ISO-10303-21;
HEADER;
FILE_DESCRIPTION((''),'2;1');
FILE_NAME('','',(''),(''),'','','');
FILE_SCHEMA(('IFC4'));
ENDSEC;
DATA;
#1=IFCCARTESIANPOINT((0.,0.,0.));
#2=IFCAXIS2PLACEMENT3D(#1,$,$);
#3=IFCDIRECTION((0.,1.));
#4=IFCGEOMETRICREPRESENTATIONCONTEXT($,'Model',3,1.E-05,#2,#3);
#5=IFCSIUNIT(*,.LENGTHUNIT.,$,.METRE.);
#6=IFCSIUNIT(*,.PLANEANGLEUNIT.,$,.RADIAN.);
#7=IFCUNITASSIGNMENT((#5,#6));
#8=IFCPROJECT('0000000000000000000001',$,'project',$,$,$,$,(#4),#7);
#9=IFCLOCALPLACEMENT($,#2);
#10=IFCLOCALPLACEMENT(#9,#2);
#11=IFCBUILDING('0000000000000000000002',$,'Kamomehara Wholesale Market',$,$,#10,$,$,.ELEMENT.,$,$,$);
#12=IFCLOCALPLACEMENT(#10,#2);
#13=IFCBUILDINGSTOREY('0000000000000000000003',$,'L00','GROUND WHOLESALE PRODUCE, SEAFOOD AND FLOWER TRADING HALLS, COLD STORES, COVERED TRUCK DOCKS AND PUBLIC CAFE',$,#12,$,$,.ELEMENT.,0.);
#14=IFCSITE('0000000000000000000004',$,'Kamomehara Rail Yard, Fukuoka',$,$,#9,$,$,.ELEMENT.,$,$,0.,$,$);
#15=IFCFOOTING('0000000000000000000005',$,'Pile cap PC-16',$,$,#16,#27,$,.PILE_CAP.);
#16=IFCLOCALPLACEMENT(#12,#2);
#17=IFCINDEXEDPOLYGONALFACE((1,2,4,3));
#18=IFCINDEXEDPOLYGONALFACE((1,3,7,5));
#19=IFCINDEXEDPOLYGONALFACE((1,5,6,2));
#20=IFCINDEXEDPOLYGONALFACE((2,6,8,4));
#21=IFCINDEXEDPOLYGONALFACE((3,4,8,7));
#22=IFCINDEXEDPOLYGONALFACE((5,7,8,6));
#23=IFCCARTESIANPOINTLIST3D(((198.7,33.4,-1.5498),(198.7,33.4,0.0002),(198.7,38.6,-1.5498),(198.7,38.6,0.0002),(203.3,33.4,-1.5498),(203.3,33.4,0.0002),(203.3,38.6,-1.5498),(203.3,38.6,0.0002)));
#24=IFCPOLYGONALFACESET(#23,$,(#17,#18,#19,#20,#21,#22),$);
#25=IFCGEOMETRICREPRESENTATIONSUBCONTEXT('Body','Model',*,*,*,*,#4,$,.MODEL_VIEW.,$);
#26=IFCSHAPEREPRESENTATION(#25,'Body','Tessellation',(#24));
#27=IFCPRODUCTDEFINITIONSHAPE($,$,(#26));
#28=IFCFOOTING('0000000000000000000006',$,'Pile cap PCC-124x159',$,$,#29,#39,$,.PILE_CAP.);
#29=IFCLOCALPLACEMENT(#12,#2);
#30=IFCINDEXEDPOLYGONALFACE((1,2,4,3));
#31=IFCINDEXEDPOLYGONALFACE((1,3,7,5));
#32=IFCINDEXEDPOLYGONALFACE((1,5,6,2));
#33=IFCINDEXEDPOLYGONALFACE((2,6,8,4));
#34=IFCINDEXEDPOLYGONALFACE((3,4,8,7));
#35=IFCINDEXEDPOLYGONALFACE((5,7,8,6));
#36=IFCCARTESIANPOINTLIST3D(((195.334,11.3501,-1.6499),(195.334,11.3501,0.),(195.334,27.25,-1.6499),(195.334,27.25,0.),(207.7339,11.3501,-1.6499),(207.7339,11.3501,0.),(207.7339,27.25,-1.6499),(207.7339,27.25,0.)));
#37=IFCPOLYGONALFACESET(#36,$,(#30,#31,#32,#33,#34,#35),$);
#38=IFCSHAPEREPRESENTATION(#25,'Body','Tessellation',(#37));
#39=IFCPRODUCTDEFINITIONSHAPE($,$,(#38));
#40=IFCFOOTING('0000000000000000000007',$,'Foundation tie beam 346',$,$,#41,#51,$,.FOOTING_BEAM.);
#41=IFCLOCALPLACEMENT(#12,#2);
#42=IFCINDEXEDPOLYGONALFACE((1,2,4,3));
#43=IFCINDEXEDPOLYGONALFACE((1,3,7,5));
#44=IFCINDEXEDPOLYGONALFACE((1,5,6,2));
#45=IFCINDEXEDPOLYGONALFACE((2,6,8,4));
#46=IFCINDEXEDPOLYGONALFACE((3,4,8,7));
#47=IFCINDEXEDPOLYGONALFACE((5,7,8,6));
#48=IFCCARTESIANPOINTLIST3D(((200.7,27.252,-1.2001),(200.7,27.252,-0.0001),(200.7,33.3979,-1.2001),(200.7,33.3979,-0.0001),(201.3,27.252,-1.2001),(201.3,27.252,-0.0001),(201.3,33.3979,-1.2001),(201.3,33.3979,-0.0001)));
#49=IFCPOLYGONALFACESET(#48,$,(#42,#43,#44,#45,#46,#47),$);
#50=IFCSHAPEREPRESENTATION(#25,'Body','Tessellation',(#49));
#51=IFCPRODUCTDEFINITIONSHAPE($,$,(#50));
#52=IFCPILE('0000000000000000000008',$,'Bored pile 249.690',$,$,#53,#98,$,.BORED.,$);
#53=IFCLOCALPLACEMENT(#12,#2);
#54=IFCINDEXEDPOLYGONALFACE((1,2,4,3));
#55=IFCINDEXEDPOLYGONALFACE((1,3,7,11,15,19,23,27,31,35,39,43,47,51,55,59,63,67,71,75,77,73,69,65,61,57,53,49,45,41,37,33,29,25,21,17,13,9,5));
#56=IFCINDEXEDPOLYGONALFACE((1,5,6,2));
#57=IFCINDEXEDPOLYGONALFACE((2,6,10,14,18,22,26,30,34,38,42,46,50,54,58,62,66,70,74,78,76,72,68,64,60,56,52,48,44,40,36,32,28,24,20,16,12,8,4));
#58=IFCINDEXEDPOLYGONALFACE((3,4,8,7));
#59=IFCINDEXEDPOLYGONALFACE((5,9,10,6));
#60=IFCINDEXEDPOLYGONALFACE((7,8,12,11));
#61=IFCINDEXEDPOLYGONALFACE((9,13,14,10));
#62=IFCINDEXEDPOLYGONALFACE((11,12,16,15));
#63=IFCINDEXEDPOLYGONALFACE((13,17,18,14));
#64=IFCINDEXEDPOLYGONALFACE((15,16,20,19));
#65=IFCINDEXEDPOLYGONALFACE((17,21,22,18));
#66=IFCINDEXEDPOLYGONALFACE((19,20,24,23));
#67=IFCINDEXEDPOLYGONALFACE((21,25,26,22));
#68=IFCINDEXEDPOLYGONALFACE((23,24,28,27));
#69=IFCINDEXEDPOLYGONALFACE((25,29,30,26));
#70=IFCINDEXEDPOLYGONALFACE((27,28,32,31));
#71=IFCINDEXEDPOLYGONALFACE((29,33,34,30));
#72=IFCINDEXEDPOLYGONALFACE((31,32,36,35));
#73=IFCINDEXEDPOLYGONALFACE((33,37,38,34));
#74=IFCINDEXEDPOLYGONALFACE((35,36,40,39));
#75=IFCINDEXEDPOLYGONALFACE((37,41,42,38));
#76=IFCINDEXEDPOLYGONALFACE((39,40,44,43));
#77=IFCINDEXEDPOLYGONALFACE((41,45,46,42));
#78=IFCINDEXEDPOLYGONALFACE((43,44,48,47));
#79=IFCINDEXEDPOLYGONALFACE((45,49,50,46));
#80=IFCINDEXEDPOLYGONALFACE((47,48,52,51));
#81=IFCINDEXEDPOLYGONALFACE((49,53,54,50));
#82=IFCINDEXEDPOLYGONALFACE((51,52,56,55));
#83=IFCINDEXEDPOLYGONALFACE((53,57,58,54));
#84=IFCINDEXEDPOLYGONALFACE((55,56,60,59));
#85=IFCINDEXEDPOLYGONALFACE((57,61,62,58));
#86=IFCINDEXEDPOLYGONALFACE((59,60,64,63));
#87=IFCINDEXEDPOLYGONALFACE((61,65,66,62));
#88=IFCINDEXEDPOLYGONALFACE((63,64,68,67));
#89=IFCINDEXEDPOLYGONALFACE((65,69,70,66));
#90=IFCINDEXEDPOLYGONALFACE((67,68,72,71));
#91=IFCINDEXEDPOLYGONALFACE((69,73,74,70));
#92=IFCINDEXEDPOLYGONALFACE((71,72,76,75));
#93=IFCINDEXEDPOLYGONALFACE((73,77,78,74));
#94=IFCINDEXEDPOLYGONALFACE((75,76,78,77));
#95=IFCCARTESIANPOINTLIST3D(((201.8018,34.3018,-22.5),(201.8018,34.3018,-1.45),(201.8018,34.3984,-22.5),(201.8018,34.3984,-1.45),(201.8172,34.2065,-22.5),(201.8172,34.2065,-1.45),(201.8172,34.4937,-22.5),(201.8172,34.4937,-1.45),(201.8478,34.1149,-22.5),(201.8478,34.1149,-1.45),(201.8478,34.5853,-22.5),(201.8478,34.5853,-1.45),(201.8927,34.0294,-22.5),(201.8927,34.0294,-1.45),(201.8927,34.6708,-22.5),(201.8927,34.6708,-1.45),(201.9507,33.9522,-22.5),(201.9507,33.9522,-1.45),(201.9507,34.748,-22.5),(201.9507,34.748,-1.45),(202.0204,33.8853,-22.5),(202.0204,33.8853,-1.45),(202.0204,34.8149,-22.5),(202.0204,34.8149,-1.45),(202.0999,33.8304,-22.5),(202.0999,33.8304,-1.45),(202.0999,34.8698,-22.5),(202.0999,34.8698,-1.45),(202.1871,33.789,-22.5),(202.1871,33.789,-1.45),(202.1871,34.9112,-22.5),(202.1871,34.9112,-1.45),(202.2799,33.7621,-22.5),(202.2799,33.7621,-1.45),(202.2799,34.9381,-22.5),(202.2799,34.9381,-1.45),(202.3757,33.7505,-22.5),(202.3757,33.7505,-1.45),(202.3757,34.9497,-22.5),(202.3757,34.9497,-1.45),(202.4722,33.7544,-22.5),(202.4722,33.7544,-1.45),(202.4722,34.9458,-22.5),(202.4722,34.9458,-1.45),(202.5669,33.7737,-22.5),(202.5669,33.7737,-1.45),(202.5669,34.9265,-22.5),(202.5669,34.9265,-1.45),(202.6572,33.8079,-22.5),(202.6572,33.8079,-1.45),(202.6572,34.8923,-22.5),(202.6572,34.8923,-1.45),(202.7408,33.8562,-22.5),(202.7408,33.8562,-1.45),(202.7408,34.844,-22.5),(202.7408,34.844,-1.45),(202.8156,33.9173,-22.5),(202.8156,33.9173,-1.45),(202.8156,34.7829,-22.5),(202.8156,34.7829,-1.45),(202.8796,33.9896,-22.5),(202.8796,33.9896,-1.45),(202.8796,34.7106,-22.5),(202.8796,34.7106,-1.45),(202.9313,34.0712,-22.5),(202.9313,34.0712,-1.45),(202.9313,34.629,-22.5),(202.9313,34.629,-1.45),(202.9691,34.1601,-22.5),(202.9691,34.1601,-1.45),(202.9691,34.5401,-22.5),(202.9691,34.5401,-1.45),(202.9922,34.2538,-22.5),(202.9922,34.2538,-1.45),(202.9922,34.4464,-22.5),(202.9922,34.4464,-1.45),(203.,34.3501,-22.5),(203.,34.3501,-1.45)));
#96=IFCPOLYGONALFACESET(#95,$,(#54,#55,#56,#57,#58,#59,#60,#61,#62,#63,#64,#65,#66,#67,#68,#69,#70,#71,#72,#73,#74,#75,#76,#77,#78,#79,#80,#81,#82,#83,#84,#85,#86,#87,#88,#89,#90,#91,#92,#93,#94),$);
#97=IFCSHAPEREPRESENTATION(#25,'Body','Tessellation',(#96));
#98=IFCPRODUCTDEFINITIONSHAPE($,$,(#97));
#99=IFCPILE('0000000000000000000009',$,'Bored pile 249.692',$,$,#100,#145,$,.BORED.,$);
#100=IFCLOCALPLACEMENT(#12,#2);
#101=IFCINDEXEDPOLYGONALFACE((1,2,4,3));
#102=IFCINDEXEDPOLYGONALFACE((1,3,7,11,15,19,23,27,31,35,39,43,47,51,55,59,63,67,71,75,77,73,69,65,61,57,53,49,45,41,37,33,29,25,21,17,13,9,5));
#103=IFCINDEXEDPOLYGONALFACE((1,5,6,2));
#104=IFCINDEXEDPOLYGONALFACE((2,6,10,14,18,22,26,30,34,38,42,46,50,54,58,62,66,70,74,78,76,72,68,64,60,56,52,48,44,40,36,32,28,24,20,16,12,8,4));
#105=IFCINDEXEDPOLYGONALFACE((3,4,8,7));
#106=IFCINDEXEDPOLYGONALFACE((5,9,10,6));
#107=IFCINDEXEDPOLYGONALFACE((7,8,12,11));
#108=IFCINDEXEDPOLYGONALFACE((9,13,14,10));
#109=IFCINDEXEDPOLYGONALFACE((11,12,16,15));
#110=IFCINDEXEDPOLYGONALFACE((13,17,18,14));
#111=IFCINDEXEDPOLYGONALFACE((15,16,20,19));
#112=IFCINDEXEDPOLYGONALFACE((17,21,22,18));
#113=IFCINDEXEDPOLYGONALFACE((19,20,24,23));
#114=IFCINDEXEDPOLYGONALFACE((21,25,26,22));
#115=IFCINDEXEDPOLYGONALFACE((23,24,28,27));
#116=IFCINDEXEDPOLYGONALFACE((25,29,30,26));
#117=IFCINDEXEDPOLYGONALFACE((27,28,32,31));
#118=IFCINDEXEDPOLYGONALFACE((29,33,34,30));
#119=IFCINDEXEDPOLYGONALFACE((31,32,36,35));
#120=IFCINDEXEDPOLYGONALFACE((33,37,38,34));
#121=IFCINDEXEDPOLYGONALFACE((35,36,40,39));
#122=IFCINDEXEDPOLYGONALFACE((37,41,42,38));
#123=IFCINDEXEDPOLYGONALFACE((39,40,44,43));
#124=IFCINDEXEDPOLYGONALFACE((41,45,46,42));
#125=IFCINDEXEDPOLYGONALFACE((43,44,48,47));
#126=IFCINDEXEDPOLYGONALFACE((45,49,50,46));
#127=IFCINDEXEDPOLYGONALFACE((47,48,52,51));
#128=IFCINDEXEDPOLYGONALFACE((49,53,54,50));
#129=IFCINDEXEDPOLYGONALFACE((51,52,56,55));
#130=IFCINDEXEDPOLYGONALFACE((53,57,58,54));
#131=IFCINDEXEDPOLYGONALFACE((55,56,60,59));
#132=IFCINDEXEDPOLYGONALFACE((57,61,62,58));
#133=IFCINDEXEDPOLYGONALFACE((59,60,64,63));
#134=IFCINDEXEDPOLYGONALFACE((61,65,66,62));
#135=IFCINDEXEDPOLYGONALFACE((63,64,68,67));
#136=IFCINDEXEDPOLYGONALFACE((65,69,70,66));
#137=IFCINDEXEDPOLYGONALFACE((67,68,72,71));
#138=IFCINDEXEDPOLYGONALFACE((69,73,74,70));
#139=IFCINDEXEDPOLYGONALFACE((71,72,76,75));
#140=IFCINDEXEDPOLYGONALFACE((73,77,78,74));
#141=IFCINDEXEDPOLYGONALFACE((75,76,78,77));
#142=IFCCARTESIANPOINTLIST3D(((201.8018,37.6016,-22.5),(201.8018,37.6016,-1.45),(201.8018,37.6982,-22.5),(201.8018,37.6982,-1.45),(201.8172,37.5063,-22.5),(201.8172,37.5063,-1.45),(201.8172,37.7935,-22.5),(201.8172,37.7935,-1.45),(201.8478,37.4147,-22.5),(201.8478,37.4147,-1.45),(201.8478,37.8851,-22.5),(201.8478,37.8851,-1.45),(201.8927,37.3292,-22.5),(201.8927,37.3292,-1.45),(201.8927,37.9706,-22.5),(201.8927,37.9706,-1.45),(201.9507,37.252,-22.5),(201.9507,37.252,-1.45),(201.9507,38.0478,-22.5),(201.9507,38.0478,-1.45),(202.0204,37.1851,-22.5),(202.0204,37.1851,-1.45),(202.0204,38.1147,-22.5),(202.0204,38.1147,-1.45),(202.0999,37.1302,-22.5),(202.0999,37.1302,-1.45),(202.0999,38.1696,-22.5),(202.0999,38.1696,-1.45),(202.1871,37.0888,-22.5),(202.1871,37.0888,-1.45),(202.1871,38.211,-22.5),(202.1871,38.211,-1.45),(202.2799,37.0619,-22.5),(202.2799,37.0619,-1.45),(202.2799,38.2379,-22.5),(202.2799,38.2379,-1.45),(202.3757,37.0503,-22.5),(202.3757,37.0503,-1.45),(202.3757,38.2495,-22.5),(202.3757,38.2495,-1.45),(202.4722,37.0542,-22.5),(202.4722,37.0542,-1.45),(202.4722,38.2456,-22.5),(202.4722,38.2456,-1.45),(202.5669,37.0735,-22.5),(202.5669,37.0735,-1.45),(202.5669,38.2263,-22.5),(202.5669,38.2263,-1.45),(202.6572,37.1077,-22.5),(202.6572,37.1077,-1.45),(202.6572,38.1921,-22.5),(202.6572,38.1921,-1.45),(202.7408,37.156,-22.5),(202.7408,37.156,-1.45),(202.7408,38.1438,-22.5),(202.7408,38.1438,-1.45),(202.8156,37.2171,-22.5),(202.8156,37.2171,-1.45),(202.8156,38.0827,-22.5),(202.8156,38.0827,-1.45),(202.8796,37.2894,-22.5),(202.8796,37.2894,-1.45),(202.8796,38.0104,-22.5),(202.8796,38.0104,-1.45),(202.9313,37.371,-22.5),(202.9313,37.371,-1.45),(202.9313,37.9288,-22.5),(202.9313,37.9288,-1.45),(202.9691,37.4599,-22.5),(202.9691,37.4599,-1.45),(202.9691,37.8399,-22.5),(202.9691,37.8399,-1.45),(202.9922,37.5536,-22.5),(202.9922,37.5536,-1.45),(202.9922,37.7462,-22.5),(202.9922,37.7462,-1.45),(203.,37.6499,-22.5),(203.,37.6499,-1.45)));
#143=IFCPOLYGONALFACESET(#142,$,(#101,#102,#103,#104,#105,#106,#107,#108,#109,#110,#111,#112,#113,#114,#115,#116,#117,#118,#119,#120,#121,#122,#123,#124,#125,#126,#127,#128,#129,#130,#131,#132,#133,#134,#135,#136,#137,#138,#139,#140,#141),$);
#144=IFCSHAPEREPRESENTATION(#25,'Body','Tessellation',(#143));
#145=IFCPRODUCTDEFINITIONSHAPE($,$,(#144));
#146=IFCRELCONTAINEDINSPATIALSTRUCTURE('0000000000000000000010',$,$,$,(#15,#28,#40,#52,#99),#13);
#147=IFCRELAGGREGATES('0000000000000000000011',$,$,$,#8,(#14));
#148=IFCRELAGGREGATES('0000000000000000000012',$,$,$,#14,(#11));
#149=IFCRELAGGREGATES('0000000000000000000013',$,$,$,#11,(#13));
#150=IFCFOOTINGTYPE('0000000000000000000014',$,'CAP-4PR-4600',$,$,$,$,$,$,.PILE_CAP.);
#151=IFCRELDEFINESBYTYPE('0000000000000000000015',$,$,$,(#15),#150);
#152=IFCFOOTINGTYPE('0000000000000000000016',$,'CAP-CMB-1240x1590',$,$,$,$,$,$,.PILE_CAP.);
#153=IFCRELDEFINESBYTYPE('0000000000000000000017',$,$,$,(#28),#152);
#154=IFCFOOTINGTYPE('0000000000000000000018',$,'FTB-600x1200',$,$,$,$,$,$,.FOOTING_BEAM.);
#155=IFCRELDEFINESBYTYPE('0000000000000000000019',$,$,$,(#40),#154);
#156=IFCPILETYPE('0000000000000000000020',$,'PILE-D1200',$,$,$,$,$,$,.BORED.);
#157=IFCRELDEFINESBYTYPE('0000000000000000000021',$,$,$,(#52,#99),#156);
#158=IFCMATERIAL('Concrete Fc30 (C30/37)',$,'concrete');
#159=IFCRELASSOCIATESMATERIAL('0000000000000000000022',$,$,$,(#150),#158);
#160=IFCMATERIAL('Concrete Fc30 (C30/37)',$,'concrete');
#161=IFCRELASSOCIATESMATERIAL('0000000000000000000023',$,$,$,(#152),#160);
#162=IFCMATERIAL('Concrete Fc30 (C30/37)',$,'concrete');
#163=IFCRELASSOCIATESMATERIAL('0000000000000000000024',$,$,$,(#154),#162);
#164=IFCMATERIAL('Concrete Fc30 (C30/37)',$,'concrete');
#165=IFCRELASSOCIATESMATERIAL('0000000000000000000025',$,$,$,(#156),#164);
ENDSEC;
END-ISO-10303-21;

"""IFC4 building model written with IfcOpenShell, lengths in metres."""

from ifc_helpers import new_model, si_unit, direction, frame, origin, origin_2d, place, context, subcontext, project, spatial, rectangle, circle, extrude, material, material_profile, profile_set, type_object, element, save


model = new_model("IFC4")

# Units and contexts
model_context = context("Model", 3, precision=1e-05, world=origin(), true_north=direction((0.0, 1.0)))
body_context = subcontext(model_context, "Body", "Model", "MODEL_VIEW")
ifc_project = project(units=[si_unit("LENGTHUNIT", "METRE"), si_unit("PLANEANGLEUNIT", "RADIAN")], contexts=[model_context])

# Site, building, storey
site_placement = place(None, origin())
site = spatial("IfcSite", under=ifc_project, at=site_placement, Name="Kamomehara Rail Yard, Fukuoka", CompositionType="ELEMENT", RefElevation=0.0)
building_placement = place(site_placement, origin())
building = spatial("IfcBuilding", under=site, at=building_placement, Name="Kamomehara Wholesale Market", CompositionType="ELEMENT")
storey_placement = place(building_placement, origin())
storey = spatial("IfcBuildingStorey", under=building, at=storey_placement, Name="L00", Description="GROUND WHOLESALE PRODUCE, SEAFOOD AND FLOWER TRADING HALLS, COLD STORES, COVERED TRUCK DOCKS AND PUBLIC CAFE", CompositionType="ELEMENT", Elevation=0.0)

# Footings
ifc_material_1 = material(Name="Concrete Fc30 (C30/37)", Category="concrete")
footing_type_1 = type_object("IfcFootingType", Name="CAP-4PR-4600", PredefinedType="PILE_CAP", material=ifc_material_1)
footing_1_placement = place(storey_placement, frame((201.0, 36.0, -1.5498), z_axis=(0.0, 0.0, 1.0), x_axis=(1.0, 0.0, 0.0)))
element("IfcFooting", 1, at=footing_1_placement, inside=storey, type_object=footing_type_1, Name="Pile cap PC-16", PredefinedType="PILE_CAP", context=body_context, shape_type="SweptSolid", body=[
    extrude(rectangle(XDim=4.6001, YDim=5.2, at=origin_2d()), origin(), (0.0, 0.0, 1.0), 1.55),
])
ifc_material_2 = material(Name="Concrete Fc30 (C30/37)", Category="concrete")
footing_type_2 = type_object("IfcFootingType", Name="CAP-CMB-1240x1590", PredefinedType="PILE_CAP", material=ifc_material_2)
footing_2_placement = place(storey_placement, frame((201.5339, 19.3, -1.6499), z_axis=(0.0, 0.0, 1.0), x_axis=(1.0, 0.0, 0.0)))
element("IfcFooting", 2, at=footing_2_placement, inside=storey, type_object=footing_type_2, Name="Pile cap PCC-124x159", PredefinedType="PILE_CAP", context=body_context, shape_type="SweptSolid", body=[
    extrude(rectangle(XDim=12.3999, YDim=15.8999, at=origin_2d()), origin(), (0.0, 0.0, 1.0), 1.6499),
])
ifc_material_3 = material(Name="Concrete Fc30 (C30/37)", Category="concrete")
ifc_material_profile_1 = material_profile(ifc_material_3, rectangle(XDim=0.6001, YDim=1.2, at=origin_2d()), Name="RC-FTB-600x1200")
ifc_profile_set_1 = profile_set([ifc_material_profile_1], Name="Concrete Fc30 (C30/37)")
footing_type_3 = type_object("IfcFootingType", Name="FTB-600x1200", PredefinedType="FOOTING_BEAM", material=ifc_profile_set_1)
footing_3_placement = place(storey_placement, frame((201.0, 27.252, -0.6001), z_axis=(0.0, 1.0, 0.0), x_axis=(-1.0, 0.0, 0.0)))
element("IfcFooting", 3, at=footing_3_placement, inside=storey, type_object=footing_type_3, Name="Foundation tie beam 346", PredefinedType="FOOTING_BEAM", context=body_context, shape_type="SweptSolid", body=[
    extrude(rectangle(XDim=0.6001, YDim=1.2, at=origin_2d()), origin(), (0.0, 0.0, 1.0), 6.146),
])

# Piles
ifc_material_4 = material(Name="Concrete Fc30 (C30/37)", Category="concrete")
ifc_material_profile_2 = material_profile(ifc_material_4, circle(Radius=0.6001, at=origin_2d()), Name="RC-PILE-D1200")
ifc_profile_set_2 = profile_set([ifc_material_profile_2], Name="Concrete Fc30 (C30/37)")
pile_type = type_object("IfcPileType", Name="PILE-D1200", PredefinedType="BORED", material=ifc_profile_set_2)
for number, where, z_axis, x_axis, name in (
    (4, (202.3999, 34.3501, -1.45), (0.0, 0.0, -1.0), (1.0, 0.0, 0.0), "Bored pile 249.690"),
    (5, (202.3999, 37.6499, -1.45), (0.0, 0.0, -1.0), (1.0, 0.0, 0.0), "Bored pile 249.692"),
):
    element("IfcPile", number, at=place(storey_placement, frame(where, z_axis=z_axis, x_axis=x_axis)), inside=storey, type_object=pile_type, Name=name, PredefinedType="BORED", context=body_context, shape_type="SweptSolid", body=[
        extrude(circle(Radius=0.6001, at=origin_2d()), origin(), (0.0, 0.0, 1.0), 21.05),
    ])

save(model, "model.ifc")
